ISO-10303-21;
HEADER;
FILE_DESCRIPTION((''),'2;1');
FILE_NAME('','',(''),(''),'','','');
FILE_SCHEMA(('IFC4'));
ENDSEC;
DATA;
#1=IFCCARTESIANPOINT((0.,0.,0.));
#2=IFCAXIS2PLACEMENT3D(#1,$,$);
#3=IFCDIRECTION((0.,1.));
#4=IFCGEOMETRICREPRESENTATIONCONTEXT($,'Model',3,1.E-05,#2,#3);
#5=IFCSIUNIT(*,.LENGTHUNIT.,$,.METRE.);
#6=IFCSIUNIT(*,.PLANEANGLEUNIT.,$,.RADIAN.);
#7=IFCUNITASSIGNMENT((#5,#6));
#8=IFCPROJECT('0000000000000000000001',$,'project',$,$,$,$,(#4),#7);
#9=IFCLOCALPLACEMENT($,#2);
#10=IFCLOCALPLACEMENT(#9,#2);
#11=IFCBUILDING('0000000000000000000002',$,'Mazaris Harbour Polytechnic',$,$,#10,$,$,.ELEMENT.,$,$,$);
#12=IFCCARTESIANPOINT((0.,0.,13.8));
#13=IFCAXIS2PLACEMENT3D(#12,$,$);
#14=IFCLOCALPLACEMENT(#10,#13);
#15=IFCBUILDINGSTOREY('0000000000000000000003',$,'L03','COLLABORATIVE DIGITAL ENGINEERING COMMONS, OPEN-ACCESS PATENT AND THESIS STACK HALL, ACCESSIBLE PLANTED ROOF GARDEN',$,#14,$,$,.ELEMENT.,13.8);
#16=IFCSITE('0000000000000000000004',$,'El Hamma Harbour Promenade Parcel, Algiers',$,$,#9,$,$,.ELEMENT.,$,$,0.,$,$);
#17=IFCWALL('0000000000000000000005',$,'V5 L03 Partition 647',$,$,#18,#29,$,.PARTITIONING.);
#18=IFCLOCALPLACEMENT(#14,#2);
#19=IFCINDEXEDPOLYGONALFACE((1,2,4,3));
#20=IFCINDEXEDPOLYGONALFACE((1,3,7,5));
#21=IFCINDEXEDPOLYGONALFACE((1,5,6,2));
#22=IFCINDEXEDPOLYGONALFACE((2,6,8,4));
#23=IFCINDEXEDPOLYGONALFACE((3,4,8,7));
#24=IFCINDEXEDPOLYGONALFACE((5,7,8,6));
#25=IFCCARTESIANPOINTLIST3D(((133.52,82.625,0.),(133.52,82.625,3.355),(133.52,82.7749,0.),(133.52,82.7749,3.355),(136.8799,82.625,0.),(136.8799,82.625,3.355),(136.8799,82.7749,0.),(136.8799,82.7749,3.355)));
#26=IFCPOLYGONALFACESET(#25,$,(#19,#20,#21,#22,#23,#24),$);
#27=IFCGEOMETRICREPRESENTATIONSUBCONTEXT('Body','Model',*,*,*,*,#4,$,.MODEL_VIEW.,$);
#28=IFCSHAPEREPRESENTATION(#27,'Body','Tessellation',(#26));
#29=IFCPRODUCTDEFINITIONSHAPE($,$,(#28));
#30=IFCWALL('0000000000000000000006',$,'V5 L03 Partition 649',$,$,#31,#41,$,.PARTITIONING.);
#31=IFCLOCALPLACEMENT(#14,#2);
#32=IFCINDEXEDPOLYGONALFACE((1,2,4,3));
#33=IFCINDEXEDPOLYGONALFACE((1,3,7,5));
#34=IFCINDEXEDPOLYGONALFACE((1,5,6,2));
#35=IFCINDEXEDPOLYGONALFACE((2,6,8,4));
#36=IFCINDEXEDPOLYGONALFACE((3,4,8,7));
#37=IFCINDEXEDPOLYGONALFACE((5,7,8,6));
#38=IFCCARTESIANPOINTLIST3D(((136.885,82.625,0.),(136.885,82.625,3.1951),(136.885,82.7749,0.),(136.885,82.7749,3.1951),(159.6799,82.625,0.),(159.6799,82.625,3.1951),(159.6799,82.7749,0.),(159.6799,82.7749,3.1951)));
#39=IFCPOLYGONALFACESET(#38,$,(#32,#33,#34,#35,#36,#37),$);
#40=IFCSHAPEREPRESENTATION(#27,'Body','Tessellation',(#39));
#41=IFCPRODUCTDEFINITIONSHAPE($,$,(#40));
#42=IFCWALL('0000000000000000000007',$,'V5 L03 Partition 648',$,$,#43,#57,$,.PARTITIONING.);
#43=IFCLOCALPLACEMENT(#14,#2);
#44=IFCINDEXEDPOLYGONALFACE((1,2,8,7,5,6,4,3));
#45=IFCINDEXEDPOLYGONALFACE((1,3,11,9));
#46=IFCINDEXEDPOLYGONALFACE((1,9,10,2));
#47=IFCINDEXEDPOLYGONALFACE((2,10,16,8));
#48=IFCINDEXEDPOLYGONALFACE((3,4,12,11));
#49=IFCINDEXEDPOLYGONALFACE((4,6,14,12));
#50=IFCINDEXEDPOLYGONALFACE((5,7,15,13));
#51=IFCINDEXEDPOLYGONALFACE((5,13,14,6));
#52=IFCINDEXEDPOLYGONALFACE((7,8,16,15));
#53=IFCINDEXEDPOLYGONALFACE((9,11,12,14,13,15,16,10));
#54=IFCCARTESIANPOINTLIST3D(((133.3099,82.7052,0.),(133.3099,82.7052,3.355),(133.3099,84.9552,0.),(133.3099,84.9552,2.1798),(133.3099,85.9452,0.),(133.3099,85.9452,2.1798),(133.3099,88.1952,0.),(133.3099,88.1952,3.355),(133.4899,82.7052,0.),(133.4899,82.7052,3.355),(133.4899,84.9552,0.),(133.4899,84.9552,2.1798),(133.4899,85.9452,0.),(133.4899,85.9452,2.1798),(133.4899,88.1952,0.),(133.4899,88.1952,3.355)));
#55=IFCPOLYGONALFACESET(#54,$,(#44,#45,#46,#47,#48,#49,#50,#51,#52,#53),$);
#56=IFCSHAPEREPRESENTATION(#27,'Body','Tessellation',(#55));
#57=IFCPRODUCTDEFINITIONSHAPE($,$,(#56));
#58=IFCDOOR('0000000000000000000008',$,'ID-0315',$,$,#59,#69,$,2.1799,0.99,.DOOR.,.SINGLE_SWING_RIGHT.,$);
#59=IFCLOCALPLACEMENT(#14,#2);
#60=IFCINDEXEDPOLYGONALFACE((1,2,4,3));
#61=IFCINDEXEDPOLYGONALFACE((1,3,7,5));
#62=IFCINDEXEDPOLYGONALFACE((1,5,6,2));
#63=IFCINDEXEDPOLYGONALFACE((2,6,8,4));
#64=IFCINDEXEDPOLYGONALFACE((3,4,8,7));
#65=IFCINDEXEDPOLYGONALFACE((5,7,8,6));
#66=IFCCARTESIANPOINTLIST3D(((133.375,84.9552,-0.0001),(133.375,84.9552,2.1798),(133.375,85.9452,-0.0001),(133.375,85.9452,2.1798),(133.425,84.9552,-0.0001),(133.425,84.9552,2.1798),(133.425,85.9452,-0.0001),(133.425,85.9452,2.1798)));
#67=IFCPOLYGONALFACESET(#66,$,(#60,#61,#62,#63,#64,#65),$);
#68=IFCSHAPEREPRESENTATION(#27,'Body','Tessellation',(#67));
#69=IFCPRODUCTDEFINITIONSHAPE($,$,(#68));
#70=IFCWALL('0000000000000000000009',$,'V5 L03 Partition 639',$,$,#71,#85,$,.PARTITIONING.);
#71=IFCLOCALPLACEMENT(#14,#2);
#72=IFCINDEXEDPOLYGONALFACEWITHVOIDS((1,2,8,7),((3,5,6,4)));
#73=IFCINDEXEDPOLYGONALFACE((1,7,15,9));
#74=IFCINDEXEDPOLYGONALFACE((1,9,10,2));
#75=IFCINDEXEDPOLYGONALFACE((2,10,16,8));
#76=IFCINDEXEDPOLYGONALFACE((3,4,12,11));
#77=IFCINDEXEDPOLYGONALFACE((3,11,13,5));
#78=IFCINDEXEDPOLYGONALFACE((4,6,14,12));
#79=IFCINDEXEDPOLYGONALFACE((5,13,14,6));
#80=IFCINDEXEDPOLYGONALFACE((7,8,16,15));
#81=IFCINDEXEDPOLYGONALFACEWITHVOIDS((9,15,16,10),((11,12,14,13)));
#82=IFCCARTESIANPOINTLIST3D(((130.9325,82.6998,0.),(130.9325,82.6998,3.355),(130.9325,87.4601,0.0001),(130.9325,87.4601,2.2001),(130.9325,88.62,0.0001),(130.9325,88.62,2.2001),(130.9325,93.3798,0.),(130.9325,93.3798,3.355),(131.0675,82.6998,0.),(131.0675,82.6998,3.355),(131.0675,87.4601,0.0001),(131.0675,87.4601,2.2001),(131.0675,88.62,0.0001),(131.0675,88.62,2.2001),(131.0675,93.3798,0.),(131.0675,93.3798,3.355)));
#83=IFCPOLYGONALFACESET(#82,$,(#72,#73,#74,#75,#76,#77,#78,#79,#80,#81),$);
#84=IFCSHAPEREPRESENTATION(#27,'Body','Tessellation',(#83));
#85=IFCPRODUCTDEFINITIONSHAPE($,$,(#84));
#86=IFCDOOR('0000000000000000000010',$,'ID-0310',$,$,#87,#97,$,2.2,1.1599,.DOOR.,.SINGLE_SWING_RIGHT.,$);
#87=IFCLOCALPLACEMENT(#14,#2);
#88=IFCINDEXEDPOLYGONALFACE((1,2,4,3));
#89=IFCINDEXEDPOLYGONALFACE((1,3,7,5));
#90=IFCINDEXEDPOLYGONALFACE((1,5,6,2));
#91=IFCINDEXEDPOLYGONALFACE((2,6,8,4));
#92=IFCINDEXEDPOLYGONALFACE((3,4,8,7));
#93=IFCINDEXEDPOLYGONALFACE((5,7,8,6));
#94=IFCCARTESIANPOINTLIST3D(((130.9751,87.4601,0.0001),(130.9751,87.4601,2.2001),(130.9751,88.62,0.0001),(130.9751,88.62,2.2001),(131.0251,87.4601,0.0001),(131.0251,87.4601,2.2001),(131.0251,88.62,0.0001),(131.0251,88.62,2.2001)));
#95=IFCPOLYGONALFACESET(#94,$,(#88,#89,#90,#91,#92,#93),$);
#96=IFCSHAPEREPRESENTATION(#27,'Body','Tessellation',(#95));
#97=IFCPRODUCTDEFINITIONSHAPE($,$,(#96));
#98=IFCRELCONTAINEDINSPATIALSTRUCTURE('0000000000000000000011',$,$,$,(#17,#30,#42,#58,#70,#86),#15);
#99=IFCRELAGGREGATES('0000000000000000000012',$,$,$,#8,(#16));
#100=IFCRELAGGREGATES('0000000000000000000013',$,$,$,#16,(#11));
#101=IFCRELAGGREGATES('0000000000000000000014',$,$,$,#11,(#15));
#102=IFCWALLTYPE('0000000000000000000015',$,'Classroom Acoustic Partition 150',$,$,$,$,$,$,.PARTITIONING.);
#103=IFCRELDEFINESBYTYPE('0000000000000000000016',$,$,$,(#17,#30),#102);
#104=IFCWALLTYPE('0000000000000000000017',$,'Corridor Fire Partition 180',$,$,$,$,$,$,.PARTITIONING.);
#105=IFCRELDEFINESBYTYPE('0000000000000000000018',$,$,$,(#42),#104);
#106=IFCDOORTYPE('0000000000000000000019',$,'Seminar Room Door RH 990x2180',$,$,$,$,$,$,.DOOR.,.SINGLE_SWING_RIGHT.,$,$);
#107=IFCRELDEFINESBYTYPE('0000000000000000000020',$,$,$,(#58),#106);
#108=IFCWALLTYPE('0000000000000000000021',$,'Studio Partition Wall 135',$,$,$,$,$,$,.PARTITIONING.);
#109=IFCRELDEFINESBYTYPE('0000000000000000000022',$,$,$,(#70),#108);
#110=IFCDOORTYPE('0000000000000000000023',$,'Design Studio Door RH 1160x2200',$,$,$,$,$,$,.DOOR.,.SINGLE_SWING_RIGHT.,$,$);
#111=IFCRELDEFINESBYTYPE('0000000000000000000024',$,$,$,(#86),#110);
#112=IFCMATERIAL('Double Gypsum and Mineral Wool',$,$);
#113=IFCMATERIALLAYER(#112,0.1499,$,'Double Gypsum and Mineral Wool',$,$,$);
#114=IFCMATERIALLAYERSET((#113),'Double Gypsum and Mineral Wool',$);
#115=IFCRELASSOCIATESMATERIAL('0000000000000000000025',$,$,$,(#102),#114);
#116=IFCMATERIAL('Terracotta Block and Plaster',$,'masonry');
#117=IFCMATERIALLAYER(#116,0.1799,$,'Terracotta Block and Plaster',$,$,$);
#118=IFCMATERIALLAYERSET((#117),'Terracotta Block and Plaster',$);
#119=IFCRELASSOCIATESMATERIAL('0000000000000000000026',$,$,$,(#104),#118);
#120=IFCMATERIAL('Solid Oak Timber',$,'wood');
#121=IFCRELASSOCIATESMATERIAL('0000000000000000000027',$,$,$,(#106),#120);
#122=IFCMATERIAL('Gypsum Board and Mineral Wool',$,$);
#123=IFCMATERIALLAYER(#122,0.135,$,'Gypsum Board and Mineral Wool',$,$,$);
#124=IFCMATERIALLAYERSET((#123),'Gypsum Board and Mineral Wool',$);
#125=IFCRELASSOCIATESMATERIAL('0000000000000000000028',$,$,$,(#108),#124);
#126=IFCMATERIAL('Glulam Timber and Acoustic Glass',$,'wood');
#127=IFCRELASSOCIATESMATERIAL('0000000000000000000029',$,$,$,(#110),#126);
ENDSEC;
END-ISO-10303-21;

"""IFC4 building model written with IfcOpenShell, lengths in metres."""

from ifc_helpers import new_model, si_unit, direction, frame, frame_2d, origin, place, context, subcontext, project, spatial, rectangle, extrude, material, layer, layer_set, type_object, element, fill, save


model = new_model("IFC4")

# Units and contexts
model_context = context("Model", 3, precision=1e-05, world=origin(), true_north=direction((0.0, 1.0)))
body_context = subcontext(model_context, "Body", "Model", "MODEL_VIEW")
ifc_project = project(units=[si_unit("LENGTHUNIT", "METRE"), si_unit("PLANEANGLEUNIT", "RADIAN")], contexts=[model_context])

# Site, building, storey
site_placement = place(None, origin())
site = spatial("IfcSite", under=ifc_project, at=site_placement, Name="El Hamma Harbour Promenade Parcel, Algiers", CompositionType="ELEMENT", RefElevation=0.0)
building_placement = place(site_placement, origin())
building = spatial("IfcBuilding", under=site, at=building_placement, Name="Mazaris Harbour Polytechnic", CompositionType="ELEMENT")
storey_placement = place(building_placement, frame((0.0, 0.0, 13.8)))
storey = spatial("IfcBuildingStorey", under=building, at=storey_placement, Name="L03", Description="COLLABORATIVE DIGITAL ENGINEERING COMMONS, OPEN-ACCESS PATENT AND THESIS STACK HALL, ACCESSIBLE PLANTED ROOF GARDEN", CompositionType="ELEMENT", Elevation=13.8)

# Walls
ifc_material_1 = material(Name="Double Gypsum and Mineral Wool")
ifc_layer_1 = layer(ifc_material_1, 0.1499, Name="Double Gypsum and Mineral Wool")
ifc_layer_set_1 = layer_set([ifc_layer_1], Name="Double Gypsum and Mineral Wool")
wall_type_1 = type_object("IfcWallType", Name="Classroom Acoustic Partition 150", PredefinedType="PARTITIONING", material=ifc_layer_set_1)
wall_1_placement = place(storey_placement, frame((133.52, 82.7, 0.0), z_axis=(0.0, 0.0, 1.0), x_axis=(1.0, 0.0, 0.0)))
element("IfcWall", 1, at=wall_1_placement, inside=storey, type_object=wall_type_1, Name="V5 L03 Partition 647", PredefinedType="PARTITIONING", context=body_context, shape_type="SweptSolid", body=[
    extrude(rectangle(XDim=3.3599, YDim=0.1499, at=frame_2d((1.6799, 0.0))), origin(), (0.0, 0.0, 1.0), 3.355),
])
wall_2_placement = place(storey_placement, frame((136.885, 82.7, 0.0), z_axis=(0.0, 0.0, 1.0), x_axis=(1.0, 0.0, 0.0)))
element("IfcWall", 2, at=wall_2_placement, inside=storey, type_object=wall_type_1, Name="V5 L03 Partition 649", PredefinedType="PARTITIONING", context=body_context, shape_type="SweptSolid", body=[
    extrude(rectangle(XDim=22.7949, YDim=0.1499, at=frame_2d((11.3975, 0.0))), origin(), (0.0, 0.0, 1.0), 3.1951),
])

# Walls, openings, doors
ifc_material_2 = material(Name="Terracotta Block and Plaster", Category="masonry")
ifc_layer_2 = layer(ifc_material_2, 0.1799, Name="Terracotta Block and Plaster")
ifc_layer_set_2 = layer_set([ifc_layer_2], Name="Terracotta Block and Plaster")
wall_type_2 = type_object("IfcWallType", Name="Corridor Fire Partition 180", PredefinedType="PARTITIONING", material=ifc_layer_set_2)
wall_3_placement = place(storey_placement, frame((133.3999, 82.7051, 0.0), z_axis=(0.0, 0.0, 1.0), x_axis=(0.0, 1.0, 0.0)))
wall_3 = element("IfcWall", 3, at=wall_3_placement, inside=storey, type_object=wall_type_2, Name="V5 L03 Partition 648", PredefinedType="PARTITIONING", context=body_context, shape_type="SweptSolid", body=[
    extrude(rectangle(XDim=5.49, YDim=0.1799, at=frame_2d((2.7451, 0.0))), origin(), (0.0, 0.0, 1.0), 3.355),
])
opening_1_placement = place(wall_3_placement, frame((2.25, 0.0, 0.0)))
opening_1 = element("IfcOpeningElement", 4, at=opening_1_placement, cuts=wall_3, PredefinedType="OPENING", context=body_context, shape_type="SweptSolid", body=[
    extrude(rectangle(XDim=0.99, YDim=2.1799, at=frame_2d((0.4951, 1.0898))), frame((0.0, 0.0999, 0.0), z_axis=(0.0, -1.0, 0.0), x_axis=(1.0, 0.0, 0.0)), (0.0, 0.0, 1.0), 0.2),
])
ifc_material_3 = material(Name="Solid Oak Timber", Category="wood")
door_type_1 = type_object("IfcDoorType", Name="Seminar Room Door RH 990x2180", OperationType="SINGLE_SWING_RIGHT", PredefinedType="DOOR", material=ifc_material_3)
door_1_placement = place(opening_1_placement, origin())
door_1 = element("IfcDoor", 5, at=door_1_placement, inside=storey, type_object=door_type_1, Name="ID-0315", OperationType="SINGLE_SWING_RIGHT", OverallHeight=2.1799, OverallWidth=0.99, PredefinedType="DOOR", context=body_context, shape_type="SweptSolid", body=[
    extrude(rectangle(XDim=0.99, YDim=2.1799, at=frame_2d((0.4951, 1.0898))), frame((0.0, 0.0249, 0.0), z_axis=(0.0, -1.0, 0.0), x_axis=(1.0, 0.0, 0.0)), (0.0, 0.0, 1.0), 0.05),
])
fill(opening_1, door_1)
ifc_material_4 = material(Name="Gypsum Board and Mineral Wool")
ifc_layer_3 = layer(ifc_material_4, 0.135, Name="Gypsum Board and Mineral Wool")
ifc_layer_set_3 = layer_set([ifc_layer_3], Name="Gypsum Board and Mineral Wool")
wall_type_3 = type_object("IfcWallType", Name="Studio Partition Wall 135", PredefinedType="PARTITIONING", material=ifc_layer_set_3)
wall_4_placement = place(storey_placement, frame((131.0, 82.7, 0.0), z_axis=(0.0, 0.0, 1.0), x_axis=(0.0, 1.0, 0.0)))
wall_4 = element("IfcWall", 6, at=wall_4_placement, inside=storey, type_object=wall_type_3, Name="V5 L03 Partition 639", PredefinedType="PARTITIONING", context=body_context, shape_type="SweptSolid", body=[
    extrude(rectangle(XDim=10.6799, YDim=0.135, at=frame_2d((5.3398, 0.0))), origin(), (0.0, 0.0, 1.0), 3.355),
])
opening_2_placement = place(wall_4_placement, frame((4.76, 0.0, 0.0)))
opening_2 = element("IfcOpeningElement", 7, at=opening_2_placement, cuts=wall_4, PredefinedType="OPENING", context=body_context, shape_type="SweptSolid", body=[
    extrude(rectangle(XDim=1.1599, YDim=2.2, at=frame_2d((0.5801, 1.1001))), frame((0.0, 0.0774, 0.0), z_axis=(0.0, -1.0, 0.0), x_axis=(1.0, 0.0, 0.0)), (0.0, 0.0, 1.0), 0.155),
])
ifc_material_5 = material(Name="Glulam Timber and Acoustic Glass", Category="wood")
door_type_2 = type_object("IfcDoorType", Name="Design Studio Door RH 1160x2200", OperationType="SINGLE_SWING_RIGHT", PredefinedType="DOOR", material=ifc_material_5)
door_2_placement = place(opening_2_placement, origin())
door_2 = element("IfcDoor", 8, at=door_2_placement, inside=storey, type_object=door_type_2, Name="ID-0310", OperationType="SINGLE_SWING_RIGHT", OverallHeight=2.2, OverallWidth=1.1599, PredefinedType="DOOR", context=body_context, shape_type="SweptSolid", body=[
    extrude(rectangle(XDim=1.1599, YDim=2.2, at=frame_2d((0.5801, 1.1001))), frame((0.0, 0.0249, 0.0), z_axis=(0.0, -1.0, 0.0), x_axis=(1.0, 0.0, 0.0)), (0.0, 0.0, 1.0), 0.05),
])
fill(opening_2, door_2)

save(model, "model.ifc")
